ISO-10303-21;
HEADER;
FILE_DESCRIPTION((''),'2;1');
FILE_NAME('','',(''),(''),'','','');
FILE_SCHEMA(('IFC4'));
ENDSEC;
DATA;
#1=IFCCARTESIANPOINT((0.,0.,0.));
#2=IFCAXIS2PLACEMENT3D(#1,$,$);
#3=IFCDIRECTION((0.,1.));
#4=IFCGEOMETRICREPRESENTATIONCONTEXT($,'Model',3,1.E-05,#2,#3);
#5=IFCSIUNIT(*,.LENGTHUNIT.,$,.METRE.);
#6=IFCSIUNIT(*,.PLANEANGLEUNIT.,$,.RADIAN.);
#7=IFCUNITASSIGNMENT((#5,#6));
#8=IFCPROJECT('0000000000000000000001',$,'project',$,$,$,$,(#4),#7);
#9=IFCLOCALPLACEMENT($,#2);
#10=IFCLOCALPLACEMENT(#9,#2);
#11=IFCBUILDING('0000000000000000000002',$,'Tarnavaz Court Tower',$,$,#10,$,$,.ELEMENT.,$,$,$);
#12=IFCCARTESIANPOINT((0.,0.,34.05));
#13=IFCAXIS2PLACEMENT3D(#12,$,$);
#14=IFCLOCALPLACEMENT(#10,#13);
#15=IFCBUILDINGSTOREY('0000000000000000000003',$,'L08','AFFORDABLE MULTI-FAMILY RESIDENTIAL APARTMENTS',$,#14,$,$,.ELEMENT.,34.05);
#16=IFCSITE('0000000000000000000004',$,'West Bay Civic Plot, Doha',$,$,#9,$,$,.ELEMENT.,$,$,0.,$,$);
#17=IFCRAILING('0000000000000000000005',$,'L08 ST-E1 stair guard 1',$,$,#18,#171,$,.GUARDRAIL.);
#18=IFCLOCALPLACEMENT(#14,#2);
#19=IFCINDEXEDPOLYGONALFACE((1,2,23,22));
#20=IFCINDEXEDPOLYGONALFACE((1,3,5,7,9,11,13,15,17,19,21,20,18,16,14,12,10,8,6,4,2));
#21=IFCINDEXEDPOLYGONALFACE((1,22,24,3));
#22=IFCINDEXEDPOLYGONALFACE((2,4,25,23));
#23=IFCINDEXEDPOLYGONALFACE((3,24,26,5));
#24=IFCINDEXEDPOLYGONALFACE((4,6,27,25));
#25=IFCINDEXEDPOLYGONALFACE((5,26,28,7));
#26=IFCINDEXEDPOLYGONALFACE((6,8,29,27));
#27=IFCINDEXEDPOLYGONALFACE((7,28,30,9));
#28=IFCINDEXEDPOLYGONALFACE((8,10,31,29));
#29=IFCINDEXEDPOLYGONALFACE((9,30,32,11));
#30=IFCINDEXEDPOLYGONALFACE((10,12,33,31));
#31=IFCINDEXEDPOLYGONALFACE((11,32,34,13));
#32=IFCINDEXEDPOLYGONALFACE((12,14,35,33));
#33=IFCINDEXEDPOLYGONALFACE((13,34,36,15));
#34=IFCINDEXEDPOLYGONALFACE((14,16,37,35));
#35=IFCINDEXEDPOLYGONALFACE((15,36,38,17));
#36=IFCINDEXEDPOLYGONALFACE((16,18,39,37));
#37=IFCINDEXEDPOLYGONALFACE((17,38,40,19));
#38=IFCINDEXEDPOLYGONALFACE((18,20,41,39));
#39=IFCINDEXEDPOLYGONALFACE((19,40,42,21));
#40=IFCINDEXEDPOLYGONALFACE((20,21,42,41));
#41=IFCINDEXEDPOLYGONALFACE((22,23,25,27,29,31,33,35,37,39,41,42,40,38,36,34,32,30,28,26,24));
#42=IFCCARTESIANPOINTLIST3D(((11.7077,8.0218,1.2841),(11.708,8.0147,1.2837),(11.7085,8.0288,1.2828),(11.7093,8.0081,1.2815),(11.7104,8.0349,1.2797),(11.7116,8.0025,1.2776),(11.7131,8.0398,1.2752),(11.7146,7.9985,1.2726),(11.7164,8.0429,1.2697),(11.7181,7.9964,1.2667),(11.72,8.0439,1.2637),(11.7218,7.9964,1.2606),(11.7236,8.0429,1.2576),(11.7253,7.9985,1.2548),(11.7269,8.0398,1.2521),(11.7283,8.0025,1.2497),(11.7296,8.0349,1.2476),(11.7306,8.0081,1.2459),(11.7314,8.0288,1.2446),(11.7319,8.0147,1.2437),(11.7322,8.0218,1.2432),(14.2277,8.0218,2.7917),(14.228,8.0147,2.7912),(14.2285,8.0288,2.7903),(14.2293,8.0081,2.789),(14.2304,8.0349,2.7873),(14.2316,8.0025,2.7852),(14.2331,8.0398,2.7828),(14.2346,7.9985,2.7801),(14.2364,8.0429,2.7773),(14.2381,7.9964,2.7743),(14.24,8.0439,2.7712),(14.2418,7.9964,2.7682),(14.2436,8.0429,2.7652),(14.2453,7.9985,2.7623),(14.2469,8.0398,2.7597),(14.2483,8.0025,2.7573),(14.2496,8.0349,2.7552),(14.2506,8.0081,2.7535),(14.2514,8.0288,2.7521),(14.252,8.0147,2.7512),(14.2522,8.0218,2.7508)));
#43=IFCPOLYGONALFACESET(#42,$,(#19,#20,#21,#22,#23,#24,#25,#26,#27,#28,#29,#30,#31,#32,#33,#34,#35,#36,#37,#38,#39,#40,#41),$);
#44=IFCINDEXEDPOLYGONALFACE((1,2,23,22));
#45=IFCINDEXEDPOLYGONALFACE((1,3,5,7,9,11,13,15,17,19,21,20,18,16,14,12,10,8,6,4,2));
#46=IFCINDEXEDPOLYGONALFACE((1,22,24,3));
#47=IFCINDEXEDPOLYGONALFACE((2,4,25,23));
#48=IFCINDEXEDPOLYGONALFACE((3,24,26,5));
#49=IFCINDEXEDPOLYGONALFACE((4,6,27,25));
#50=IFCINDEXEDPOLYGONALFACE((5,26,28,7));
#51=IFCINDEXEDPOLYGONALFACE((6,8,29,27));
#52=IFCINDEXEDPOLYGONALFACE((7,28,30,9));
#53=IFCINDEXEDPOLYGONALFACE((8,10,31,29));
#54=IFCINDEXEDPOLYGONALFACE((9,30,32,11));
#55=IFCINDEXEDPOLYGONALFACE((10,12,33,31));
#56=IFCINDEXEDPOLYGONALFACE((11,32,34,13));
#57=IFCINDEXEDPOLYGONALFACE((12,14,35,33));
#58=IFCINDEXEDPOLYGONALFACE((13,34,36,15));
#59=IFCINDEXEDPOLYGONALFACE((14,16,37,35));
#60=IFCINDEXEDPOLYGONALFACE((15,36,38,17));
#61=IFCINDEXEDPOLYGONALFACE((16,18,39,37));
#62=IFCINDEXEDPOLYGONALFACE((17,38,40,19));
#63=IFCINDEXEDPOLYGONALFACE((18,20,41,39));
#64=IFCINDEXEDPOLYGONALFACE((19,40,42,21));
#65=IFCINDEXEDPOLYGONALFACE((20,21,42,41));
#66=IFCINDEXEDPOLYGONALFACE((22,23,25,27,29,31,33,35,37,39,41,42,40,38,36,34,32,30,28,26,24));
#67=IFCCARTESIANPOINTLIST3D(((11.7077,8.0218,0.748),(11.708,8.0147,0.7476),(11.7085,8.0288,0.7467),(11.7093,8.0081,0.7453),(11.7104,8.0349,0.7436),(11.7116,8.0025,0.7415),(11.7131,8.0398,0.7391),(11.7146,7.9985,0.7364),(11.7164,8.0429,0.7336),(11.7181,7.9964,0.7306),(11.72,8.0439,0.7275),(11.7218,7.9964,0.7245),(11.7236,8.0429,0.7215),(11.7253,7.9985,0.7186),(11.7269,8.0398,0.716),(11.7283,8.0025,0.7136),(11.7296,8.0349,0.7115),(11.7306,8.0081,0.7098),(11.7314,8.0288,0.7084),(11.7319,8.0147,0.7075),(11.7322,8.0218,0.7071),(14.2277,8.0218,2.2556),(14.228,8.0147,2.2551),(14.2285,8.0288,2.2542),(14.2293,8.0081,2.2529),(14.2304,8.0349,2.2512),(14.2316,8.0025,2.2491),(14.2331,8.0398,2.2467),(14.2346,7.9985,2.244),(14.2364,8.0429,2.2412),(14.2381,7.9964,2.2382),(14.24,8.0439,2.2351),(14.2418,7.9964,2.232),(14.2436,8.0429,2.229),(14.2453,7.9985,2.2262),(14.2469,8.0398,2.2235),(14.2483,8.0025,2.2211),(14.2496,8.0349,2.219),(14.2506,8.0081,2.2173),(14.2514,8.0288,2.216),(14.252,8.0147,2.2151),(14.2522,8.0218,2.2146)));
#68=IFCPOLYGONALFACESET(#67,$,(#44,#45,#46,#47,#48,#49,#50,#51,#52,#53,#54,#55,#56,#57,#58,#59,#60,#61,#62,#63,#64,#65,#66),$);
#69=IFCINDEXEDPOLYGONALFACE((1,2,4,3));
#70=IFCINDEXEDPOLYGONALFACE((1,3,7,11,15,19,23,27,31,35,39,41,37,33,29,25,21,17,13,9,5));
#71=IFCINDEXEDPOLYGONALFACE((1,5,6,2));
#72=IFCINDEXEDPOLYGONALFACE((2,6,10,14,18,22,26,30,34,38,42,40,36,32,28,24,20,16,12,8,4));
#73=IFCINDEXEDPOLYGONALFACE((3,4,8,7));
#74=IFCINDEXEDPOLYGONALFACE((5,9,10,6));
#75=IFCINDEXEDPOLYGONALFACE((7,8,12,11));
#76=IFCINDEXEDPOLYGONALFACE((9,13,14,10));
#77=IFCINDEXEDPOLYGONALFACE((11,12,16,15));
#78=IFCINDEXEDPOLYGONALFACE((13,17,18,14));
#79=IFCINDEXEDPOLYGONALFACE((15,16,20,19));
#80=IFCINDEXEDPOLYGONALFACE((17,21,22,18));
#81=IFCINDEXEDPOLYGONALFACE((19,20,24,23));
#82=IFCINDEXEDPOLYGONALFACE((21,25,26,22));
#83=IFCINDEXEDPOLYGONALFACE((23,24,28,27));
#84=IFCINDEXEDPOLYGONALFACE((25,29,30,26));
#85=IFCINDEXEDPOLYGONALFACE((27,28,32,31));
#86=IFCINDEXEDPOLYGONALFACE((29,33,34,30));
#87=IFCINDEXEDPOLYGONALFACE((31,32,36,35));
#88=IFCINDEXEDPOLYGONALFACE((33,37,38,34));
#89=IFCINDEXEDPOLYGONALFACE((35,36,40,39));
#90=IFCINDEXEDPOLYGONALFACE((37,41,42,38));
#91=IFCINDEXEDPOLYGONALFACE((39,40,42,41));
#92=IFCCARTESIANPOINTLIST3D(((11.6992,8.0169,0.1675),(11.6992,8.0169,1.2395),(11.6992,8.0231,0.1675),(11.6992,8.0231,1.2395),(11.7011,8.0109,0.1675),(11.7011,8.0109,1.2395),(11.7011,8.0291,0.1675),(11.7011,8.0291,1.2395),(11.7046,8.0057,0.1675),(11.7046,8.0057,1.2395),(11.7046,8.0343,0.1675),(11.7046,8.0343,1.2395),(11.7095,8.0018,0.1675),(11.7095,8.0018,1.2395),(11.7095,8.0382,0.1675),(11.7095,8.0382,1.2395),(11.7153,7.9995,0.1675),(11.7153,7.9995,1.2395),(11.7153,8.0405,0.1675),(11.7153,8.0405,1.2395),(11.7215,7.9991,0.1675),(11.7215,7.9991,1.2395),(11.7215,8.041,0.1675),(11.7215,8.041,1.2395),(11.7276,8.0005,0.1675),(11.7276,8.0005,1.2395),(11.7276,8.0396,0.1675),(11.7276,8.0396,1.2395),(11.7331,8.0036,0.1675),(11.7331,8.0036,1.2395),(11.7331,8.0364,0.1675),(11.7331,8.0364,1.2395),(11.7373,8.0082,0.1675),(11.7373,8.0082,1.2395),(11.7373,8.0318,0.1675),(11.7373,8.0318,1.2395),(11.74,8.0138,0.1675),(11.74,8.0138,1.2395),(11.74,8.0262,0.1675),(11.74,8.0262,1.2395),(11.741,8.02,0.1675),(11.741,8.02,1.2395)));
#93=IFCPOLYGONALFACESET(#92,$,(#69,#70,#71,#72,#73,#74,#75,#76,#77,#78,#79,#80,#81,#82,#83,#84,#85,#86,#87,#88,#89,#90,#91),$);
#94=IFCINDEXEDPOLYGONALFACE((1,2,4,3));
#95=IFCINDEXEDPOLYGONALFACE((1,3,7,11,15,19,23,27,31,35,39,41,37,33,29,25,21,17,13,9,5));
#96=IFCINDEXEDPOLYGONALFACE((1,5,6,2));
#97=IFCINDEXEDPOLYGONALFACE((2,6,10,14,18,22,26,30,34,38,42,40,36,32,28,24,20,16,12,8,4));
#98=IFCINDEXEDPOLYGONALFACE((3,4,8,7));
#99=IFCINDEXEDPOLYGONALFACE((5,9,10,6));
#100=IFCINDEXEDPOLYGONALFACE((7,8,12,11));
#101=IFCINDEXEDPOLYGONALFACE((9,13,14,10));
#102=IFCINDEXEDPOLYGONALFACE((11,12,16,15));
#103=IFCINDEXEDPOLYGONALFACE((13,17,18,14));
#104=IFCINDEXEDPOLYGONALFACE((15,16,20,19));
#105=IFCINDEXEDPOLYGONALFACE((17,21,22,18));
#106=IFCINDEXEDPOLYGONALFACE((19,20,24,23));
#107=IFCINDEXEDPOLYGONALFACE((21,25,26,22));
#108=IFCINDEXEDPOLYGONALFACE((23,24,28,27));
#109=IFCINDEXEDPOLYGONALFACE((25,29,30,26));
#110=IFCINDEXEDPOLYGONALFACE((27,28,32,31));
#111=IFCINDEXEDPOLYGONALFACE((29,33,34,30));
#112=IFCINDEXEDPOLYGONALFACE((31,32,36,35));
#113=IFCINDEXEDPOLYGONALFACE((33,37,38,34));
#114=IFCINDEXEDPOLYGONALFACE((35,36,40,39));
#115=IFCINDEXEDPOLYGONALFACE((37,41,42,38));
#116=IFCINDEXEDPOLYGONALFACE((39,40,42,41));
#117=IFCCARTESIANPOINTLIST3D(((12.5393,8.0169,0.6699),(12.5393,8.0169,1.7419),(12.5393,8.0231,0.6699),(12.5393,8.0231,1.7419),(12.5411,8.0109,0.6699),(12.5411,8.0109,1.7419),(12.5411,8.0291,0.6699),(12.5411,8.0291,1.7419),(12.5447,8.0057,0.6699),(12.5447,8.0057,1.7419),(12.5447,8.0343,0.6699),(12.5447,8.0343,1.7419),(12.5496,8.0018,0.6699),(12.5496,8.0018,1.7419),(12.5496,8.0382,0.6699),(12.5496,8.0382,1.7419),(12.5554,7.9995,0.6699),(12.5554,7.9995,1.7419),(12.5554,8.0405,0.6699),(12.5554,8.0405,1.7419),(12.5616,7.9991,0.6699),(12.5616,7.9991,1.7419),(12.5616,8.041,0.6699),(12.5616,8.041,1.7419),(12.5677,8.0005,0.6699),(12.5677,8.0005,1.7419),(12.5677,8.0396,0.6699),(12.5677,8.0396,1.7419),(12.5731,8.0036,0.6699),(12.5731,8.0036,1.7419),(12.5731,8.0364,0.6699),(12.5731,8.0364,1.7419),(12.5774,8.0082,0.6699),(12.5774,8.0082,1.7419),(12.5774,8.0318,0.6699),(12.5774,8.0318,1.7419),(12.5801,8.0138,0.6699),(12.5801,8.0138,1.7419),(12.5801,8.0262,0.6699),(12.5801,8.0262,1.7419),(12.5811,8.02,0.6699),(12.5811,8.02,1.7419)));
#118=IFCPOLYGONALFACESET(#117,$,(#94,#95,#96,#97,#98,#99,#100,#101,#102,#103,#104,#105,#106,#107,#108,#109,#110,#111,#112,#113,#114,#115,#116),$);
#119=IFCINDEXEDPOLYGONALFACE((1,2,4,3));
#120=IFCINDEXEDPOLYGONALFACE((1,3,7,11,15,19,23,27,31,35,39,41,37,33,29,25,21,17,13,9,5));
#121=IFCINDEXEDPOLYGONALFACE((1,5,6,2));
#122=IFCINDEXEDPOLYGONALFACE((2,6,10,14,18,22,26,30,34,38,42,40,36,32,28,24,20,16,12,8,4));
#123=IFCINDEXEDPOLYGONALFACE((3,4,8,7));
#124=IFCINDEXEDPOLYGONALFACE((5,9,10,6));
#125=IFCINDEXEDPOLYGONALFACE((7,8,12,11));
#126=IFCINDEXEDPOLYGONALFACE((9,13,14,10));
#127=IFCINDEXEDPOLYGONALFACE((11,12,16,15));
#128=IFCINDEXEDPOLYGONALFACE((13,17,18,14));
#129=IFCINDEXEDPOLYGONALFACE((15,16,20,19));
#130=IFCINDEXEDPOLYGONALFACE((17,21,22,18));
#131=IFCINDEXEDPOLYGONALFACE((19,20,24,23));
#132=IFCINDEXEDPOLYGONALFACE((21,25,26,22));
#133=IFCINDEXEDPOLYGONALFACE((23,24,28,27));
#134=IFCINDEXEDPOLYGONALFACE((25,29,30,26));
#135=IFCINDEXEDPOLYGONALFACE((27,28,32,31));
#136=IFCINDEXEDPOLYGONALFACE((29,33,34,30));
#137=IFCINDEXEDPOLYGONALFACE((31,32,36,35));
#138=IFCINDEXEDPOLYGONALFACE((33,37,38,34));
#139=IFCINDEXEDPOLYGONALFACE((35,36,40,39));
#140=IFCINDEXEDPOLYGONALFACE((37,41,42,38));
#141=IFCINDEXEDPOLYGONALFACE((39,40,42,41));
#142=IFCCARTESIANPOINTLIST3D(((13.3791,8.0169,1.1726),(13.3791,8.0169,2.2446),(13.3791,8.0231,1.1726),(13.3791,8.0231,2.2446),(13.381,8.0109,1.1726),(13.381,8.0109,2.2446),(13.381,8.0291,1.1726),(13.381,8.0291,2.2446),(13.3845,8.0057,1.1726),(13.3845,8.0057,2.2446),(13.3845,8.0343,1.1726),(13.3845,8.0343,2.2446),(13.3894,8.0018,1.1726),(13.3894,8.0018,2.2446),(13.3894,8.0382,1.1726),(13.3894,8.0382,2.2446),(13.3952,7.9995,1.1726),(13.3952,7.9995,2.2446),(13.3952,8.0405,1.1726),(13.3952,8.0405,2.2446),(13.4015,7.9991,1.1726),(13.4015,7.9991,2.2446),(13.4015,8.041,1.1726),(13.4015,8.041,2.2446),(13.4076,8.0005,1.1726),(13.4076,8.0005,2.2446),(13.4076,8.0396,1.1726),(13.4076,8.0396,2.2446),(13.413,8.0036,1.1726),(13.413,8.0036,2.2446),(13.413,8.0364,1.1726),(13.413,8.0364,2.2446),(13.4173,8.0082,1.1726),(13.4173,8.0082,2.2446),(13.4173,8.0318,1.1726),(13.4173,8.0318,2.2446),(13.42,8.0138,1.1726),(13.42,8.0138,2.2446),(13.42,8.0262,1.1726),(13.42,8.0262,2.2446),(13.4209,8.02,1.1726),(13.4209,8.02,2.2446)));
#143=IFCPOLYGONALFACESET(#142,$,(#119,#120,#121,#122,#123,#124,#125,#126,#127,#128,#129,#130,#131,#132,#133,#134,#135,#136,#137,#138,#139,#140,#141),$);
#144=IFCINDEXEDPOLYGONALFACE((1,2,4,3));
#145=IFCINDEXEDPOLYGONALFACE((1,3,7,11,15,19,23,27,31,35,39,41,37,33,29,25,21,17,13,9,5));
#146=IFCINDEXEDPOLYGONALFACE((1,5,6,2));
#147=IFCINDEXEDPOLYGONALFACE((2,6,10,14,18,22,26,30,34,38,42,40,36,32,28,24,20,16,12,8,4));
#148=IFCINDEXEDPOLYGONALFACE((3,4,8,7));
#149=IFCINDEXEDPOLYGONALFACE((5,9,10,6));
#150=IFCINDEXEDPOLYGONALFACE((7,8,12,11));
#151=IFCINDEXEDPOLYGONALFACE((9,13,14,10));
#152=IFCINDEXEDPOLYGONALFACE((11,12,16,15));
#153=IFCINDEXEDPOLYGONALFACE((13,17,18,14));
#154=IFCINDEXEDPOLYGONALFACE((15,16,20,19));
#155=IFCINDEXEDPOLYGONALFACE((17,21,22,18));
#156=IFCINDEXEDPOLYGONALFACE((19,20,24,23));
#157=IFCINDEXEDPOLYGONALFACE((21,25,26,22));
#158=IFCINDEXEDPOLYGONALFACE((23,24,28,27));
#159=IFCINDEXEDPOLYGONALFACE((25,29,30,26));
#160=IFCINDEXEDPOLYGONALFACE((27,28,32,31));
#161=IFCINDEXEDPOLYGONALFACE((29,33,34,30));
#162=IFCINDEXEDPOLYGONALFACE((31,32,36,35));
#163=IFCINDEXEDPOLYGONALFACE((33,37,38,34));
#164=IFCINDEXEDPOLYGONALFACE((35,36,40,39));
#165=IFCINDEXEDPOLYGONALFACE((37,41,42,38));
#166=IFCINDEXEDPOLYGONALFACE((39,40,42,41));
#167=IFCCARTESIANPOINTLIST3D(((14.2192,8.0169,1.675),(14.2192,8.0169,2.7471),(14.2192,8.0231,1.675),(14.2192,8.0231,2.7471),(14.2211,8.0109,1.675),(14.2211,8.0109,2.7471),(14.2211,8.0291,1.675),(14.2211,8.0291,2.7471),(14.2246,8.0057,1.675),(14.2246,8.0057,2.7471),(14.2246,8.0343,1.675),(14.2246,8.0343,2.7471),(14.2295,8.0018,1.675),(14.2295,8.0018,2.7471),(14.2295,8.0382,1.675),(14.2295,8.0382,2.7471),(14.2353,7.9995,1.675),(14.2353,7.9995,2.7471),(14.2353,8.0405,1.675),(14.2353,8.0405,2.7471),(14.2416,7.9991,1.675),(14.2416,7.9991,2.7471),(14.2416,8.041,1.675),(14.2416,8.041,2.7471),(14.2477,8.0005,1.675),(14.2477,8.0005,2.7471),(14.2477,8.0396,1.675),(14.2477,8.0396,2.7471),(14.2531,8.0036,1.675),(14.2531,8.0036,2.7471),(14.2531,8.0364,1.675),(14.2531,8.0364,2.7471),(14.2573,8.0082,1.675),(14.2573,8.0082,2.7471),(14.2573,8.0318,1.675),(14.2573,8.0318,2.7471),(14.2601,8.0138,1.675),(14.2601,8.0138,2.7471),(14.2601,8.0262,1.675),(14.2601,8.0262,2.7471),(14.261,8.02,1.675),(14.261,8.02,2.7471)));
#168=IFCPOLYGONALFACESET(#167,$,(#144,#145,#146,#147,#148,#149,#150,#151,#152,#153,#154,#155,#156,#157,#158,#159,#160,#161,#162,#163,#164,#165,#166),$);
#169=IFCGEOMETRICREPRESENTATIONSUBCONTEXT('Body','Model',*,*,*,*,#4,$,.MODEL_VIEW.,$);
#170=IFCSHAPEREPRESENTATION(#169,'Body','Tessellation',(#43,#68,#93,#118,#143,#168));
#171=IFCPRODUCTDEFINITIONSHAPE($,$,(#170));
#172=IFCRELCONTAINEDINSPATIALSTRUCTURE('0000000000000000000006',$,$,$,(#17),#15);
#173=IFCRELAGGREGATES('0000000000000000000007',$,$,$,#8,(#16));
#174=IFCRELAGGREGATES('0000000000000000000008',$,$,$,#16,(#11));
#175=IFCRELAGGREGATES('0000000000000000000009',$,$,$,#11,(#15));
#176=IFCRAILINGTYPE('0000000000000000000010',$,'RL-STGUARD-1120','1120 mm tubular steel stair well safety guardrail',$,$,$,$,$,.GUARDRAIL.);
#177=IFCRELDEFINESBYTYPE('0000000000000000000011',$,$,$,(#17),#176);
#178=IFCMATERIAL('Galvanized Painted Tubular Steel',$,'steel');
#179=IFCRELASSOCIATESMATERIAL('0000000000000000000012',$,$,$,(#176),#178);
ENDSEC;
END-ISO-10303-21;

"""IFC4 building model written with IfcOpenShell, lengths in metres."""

from ifc_helpers import new_model, si_unit, direction, frame, origin, origin_2d, place, context, subcontext, project, spatial, circle, extrude, material, type_object, element, save


model = new_model("IFC4")

# Units and contexts
model_context = context("Model", 3, precision=1e-05, world=origin(), true_north=direction((0.0, 1.0)))
body_context = subcontext(model_context, "Body", "Model", "MODEL_VIEW")
ifc_project = project(units=[si_unit("LENGTHUNIT", "METRE"), si_unit("PLANEANGLEUNIT", "RADIAN")], contexts=[model_context])

# Site, building, storey
site_placement = place(None, origin())
site = spatial("IfcSite", under=ifc_project, at=site_placement, Name="West Bay Civic Plot, Doha", CompositionType="ELEMENT", RefElevation=0.0)
building_placement = place(site_placement, origin())
building = spatial("IfcBuilding", under=site, at=building_placement, Name="Tarnavaz Court Tower", CompositionType="ELEMENT")
storey_placement = place(building_placement, frame((0.0, 0.0, 34.05)))
storey = spatial("IfcBuildingStorey", under=building, at=storey_placement, Name="L08", Description="AFFORDABLE MULTI-FAMILY RESIDENTIAL APARTMENTS", CompositionType="ELEMENT", Elevation=34.05)

# Railing
ifc_material_1 = material(Name="Galvanized Painted Tubular Steel", Category="steel")
railing_type_1 = type_object("IfcRailingType", Name="RL-STGUARD-1120", Description="1120 mm tubular steel stair well safety guardrail", PredefinedType="GUARDRAIL", material=ifc_material_1)
railing_1_placement = place(storey_placement, frame((11.72, 8.02, 0.1675)))
element("IfcRailing", 1, at=railing_1_placement, inside=storey, type_object=railing_type_1, Name="L08 ST-E1 stair guard 1", PredefinedType="GUARDRAIL", context=body_context, shape_type="SweptSolid", body=[
    extrude(circle(Radius=0.0239, at=origin_2d()), frame((0.0, 0.0, 1.0962), z_axis=(0.85816, 0.0, 0.513383), x_axis=(0.0, 1.0, 0.0)), (0.0, 0.0, 1.0), 2.9365),
    extrude(circle(Radius=0.0239, at=origin_2d()), frame((0.0, 0.0, 0.5601), z_axis=(0.85816, 0.0, 0.513383), x_axis=(0.0, 1.0, 0.0)), (0.0, 0.0, 1.0), 2.9365),
    extrude(circle(Radius=0.021, at=origin_2d()), origin(), (0.0, 0.0, 1.0), 1.072),
    extrude(circle(Radius=0.021, at=origin_2d()), frame((0.8401, 0.0, 0.5024)), (0.0, 0.0, 1.0), 1.072),
    extrude(circle(Radius=0.021, at=origin_2d()), frame((1.6799, 0.0, 1.0051)), (0.0, 0.0, 1.0), 1.072),
    extrude(circle(Radius=0.021, at=origin_2d()), frame((2.52, 0.0, 1.5076)), (0.0, 0.0, 1.0), 1.072),
])

save(model, "model.ifc")
